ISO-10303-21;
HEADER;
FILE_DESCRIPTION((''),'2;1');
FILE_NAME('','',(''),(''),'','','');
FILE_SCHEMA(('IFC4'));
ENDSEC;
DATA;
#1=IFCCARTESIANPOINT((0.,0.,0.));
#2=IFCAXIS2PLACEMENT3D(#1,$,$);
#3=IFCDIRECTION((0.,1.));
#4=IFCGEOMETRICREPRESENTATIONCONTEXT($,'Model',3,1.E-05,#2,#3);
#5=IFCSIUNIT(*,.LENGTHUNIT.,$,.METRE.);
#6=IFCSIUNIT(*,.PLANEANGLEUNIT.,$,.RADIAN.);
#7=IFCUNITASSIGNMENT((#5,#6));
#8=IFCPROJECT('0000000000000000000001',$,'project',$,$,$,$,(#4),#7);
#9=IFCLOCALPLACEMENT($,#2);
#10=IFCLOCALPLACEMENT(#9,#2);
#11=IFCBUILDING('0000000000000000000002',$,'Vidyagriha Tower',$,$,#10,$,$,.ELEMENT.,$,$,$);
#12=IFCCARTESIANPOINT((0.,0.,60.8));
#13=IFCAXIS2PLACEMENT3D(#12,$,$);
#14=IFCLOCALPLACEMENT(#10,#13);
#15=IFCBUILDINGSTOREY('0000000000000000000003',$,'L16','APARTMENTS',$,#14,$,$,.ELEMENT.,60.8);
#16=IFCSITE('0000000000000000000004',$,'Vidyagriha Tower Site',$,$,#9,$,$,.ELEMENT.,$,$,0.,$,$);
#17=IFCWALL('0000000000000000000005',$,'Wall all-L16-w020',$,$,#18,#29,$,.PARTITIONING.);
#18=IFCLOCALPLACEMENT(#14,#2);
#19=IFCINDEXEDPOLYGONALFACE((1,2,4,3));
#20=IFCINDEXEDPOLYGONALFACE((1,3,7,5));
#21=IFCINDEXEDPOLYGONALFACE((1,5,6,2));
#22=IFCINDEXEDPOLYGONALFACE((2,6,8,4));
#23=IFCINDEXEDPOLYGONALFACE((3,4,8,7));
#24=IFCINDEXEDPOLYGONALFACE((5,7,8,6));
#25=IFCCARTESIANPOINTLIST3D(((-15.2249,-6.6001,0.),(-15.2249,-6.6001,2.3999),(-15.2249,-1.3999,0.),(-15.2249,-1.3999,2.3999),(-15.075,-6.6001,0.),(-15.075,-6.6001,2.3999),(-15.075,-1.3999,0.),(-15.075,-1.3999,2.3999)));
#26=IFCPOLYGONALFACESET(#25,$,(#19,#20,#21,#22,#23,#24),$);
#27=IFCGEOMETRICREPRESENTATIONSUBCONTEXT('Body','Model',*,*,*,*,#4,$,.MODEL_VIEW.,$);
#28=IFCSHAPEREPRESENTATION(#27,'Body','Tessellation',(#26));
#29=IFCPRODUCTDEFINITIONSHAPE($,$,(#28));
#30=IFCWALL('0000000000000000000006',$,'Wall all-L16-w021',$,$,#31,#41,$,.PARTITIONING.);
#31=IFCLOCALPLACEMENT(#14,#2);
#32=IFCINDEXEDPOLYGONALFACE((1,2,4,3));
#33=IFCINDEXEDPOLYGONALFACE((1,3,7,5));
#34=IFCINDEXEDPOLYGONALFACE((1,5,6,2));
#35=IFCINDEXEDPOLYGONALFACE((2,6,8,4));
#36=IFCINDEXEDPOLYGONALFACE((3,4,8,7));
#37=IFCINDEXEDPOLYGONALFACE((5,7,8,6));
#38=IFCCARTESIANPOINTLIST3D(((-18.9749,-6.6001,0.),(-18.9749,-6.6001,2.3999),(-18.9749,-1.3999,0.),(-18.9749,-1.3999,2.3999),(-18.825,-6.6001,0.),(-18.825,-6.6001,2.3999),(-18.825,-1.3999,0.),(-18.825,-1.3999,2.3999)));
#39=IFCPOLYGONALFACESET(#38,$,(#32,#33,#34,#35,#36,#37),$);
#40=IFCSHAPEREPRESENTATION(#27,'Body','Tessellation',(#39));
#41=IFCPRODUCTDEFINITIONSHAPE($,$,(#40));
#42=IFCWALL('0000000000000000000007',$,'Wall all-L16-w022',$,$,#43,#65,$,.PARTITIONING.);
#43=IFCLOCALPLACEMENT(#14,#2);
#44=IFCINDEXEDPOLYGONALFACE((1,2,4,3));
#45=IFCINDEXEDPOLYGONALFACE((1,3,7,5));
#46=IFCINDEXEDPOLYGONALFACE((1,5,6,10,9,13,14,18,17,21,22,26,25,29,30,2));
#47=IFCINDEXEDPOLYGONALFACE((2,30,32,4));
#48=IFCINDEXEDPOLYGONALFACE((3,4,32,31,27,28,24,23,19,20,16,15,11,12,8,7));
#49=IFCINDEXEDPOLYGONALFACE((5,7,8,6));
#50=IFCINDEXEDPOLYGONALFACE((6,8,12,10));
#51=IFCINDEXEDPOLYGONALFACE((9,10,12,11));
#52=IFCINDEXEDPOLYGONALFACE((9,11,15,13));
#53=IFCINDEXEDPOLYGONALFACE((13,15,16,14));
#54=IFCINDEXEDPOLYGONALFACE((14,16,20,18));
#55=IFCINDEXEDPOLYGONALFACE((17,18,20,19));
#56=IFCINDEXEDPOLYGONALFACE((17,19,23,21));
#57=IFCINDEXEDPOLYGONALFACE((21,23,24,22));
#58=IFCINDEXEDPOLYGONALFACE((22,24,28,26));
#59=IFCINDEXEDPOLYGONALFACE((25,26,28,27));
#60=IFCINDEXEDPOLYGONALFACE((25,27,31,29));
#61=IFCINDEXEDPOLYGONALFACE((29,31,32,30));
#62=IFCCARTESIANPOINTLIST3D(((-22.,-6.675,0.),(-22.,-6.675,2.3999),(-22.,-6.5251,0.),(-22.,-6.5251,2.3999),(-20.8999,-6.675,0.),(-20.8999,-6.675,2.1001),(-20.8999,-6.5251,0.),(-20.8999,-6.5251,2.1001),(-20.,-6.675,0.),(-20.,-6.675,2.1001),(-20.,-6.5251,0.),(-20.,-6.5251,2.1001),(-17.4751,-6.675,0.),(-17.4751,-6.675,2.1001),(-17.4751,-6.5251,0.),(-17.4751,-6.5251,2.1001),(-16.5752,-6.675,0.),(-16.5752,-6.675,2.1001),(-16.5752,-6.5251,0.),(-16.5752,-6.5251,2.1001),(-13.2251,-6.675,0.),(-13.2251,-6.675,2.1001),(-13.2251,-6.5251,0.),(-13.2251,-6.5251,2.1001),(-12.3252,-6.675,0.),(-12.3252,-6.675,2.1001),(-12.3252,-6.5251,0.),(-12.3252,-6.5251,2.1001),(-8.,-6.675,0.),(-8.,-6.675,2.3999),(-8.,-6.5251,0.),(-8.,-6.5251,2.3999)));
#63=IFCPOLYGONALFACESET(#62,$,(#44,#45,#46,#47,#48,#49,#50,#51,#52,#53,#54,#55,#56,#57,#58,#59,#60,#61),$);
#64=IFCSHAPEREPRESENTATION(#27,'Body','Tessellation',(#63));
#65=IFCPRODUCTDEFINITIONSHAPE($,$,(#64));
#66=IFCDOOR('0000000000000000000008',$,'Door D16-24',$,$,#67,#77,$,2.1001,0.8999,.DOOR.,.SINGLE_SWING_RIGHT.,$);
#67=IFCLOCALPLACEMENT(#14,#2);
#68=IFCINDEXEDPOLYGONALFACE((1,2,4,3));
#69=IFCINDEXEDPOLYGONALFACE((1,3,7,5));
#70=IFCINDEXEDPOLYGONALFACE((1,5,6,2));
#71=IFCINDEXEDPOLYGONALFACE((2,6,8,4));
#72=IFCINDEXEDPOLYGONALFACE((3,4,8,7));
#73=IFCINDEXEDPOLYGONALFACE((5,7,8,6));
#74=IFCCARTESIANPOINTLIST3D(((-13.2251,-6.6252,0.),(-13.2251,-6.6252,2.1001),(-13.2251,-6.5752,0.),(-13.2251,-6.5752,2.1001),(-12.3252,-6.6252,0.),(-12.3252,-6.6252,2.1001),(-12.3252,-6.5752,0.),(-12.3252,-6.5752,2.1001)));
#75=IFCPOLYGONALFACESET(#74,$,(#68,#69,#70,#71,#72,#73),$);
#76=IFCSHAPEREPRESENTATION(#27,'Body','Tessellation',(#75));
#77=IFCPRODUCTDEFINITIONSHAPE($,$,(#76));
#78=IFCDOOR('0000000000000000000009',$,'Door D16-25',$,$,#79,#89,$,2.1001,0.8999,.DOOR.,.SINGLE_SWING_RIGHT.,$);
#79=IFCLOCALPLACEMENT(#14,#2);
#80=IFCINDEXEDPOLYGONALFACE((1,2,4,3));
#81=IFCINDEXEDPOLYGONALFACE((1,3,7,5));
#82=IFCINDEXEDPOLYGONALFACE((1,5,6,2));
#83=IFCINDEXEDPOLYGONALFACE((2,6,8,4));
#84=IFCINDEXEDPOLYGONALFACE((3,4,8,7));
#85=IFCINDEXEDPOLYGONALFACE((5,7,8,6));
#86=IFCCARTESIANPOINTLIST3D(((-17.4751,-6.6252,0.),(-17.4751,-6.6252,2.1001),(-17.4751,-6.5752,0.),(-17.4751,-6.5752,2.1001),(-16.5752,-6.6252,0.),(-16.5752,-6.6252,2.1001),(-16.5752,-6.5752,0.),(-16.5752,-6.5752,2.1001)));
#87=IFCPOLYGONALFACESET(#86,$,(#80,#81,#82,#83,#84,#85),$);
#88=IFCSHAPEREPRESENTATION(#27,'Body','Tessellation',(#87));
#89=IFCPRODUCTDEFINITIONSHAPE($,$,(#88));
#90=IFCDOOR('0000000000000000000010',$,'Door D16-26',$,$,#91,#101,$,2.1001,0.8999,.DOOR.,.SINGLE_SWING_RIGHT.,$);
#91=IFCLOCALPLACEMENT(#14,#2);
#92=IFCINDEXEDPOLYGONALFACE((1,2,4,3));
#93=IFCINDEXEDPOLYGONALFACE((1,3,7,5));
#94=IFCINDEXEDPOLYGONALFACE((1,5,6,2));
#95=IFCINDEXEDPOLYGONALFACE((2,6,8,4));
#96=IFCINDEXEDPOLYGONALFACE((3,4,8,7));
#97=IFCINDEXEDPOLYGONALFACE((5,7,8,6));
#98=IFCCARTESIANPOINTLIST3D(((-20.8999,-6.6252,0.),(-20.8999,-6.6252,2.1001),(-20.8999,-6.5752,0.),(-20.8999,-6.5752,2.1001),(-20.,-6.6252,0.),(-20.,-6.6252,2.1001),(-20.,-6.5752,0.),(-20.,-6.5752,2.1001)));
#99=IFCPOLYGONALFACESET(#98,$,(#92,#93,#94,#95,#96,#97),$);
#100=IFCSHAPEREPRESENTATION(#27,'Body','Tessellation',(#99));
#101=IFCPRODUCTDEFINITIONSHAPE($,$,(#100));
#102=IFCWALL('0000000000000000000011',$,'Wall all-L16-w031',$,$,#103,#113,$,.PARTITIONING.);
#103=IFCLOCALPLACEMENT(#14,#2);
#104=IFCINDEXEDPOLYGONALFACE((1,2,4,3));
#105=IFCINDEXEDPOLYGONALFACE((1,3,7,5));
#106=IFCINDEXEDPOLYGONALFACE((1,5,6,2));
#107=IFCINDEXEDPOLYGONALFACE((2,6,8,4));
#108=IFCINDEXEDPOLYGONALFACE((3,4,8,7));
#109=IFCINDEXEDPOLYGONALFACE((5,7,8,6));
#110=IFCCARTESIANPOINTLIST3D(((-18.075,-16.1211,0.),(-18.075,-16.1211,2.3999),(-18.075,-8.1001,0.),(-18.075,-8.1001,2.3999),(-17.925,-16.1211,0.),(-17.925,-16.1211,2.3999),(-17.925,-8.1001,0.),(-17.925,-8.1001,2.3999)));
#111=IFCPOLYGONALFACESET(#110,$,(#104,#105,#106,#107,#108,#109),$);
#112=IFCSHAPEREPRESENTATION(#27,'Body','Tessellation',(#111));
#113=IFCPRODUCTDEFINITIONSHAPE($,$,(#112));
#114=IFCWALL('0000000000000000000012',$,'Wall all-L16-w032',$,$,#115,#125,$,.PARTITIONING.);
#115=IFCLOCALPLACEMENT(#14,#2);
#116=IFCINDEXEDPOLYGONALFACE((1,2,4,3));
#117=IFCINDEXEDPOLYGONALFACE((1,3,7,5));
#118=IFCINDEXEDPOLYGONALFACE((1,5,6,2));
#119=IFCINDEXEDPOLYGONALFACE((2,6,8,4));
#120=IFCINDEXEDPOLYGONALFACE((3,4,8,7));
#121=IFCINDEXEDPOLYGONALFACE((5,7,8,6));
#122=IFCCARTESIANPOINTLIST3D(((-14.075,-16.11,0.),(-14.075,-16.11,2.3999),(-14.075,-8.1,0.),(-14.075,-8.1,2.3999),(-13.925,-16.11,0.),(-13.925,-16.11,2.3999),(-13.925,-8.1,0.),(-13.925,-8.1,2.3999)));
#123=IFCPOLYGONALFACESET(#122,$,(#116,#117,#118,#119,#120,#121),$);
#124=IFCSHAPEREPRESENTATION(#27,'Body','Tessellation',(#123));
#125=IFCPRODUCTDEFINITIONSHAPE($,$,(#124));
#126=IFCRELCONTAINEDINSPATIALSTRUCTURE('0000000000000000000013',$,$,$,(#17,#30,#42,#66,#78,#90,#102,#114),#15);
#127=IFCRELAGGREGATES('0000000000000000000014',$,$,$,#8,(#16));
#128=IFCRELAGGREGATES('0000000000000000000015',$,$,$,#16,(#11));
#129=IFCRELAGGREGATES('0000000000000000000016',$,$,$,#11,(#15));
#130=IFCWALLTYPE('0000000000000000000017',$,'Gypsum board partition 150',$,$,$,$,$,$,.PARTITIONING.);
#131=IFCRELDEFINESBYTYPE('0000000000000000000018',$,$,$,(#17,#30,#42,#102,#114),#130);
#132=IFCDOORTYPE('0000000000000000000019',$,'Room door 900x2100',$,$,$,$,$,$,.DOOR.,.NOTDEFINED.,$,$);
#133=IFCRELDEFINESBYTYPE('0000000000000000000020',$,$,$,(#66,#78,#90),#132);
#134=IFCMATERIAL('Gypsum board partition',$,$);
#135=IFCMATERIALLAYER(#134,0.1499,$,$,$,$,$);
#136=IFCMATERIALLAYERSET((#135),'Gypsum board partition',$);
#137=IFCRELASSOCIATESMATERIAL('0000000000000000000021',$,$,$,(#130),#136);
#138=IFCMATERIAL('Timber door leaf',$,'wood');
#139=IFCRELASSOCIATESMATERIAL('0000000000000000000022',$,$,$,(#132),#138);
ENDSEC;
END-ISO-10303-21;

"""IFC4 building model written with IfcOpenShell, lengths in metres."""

from ifc_helpers import new_model, si_unit, direction, frame, frame_2d, origin, place, context, subcontext, project, spatial, rectangle, extrude, material, layer, layer_set, type_object, element, fill, save


model = new_model("IFC4")

# Units and contexts
model_context = context("Model", 3, precision=1e-05, world=origin(), true_north=direction((0.0, 1.0)))
body_context = subcontext(model_context, "Body", "Model", "MODEL_VIEW")
ifc_project = project(units=[si_unit("LENGTHUNIT", "METRE"), si_unit("PLANEANGLEUNIT", "RADIAN")], contexts=[model_context])

# Site, building, storey
site_placement = place(None, origin())
site = spatial("IfcSite", under=ifc_project, at=site_placement, Name="Vidyagriha Tower Site", CompositionType="ELEMENT", RefElevation=0.0)
building_placement = place(site_placement, origin())
building = spatial("IfcBuilding", under=site, at=building_placement, Name="Vidyagriha Tower", CompositionType="ELEMENT")
storey_placement = place(building_placement, frame((0.0, 0.0, 60.8)))
storey = spatial("IfcBuildingStorey", under=building, at=storey_placement, Name="L16", Description="APARTMENTS", CompositionType="ELEMENT", Elevation=60.8)

# Shared definitions
ifc_material_1 = material(Name="Gypsum board partition")
ifc_layer_1 = layer(ifc_material_1, 0.1499)
ifc_layer_set_1 = layer_set([ifc_layer_1], Name="Gypsum board partition")
wall_type_1 = type_object("IfcWallType", Name="Gypsum board partition 150", PredefinedType="PARTITIONING", material=ifc_layer_set_1)

# Shared definitions
ifc_material_2 = material(Name="Timber door leaf", Category="wood")
door_type_1 = type_object("IfcDoorType", Name="Room door 900x2100", OperationType="NOTDEFINED", PredefinedType="DOOR", material=ifc_material_2)

# Walls
for number, where, z_axis, x_axis, name in (
    (1, (-15.1499, -6.6001, 0.0), (0.0, 0.0, 1.0), (0.0, 1.0, 0.0), "Wall all-L16-w020"),
    (2, (-18.8999, -6.6001, 0.0), (0.0, 0.0, 1.0), (0.0, 1.0, 0.0), "Wall all-L16-w021"),
):
    element("IfcWall", number, at=place(storey_placement, frame(where, z_axis=z_axis, x_axis=x_axis)), inside=storey, type_object=wall_type_1, Name=name, PredefinedType="PARTITIONING", context=body_context, shape_type="SweptSolid", body=[
        extrude(rectangle(XDim=5.2002, YDim=0.1499, at=frame_2d((2.6001, 0.0))), origin(), (0.0, 0.0, 1.0), 2.3999),
    ])

# Wall, openings, doors
wall_1_placement = place(storey_placement, frame((-22.0, -6.6001, 0.0)))
wall_1 = element("IfcWall", 3, at=wall_1_placement, inside=storey, type_object=wall_type_1, Name="Wall all-L16-w022", PredefinedType="PARTITIONING", context=body_context, shape_type="SweptSolid", body=[
    extrude(rectangle(XDim=14.0, YDim=0.1499, at=frame_2d((7.0, 0.0))), origin(), (0.0, 0.0, 1.0), 2.3999),
])
opening_1_placement = place(wall_1_placement, frame((8.7749, 0.0, 0.0)))
opening_1 = element("IfcOpeningElement", 4, at=opening_1_placement, cuts=wall_1, PredefinedType="OPENING", context=body_context, shape_type="SweptSolid", body=[
    extrude(rectangle(XDim=0.8999, YDim=2.1001, at=frame_2d((0.45, 1.05))), frame((0.0, 0.085, 0.0), z_axis=(0.0, -1.0, 0.0), x_axis=(1.0, 0.0, 0.0)), (0.0, 0.0, 1.0), 0.1699),
])
opening_2_placement = place(wall_1_placement, frame((4.5249, 0.0, 0.0)))
opening_2 = element("IfcOpeningElement", 5, at=opening_2_placement, cuts=wall_1, PredefinedType="OPENING", context=body_context, shape_type="SweptSolid", body=[
    extrude(rectangle(XDim=0.8999, YDim=2.1001, at=frame_2d((0.45, 1.05))), frame((0.0, 0.085, 0.0), z_axis=(0.0, -1.0, 0.0), x_axis=(1.0, 0.0, 0.0)), (0.0, 0.0, 1.0), 0.1699),
])
opening_3_placement = place(wall_1_placement, frame((1.1001, 0.0, 0.0)))
opening_3 = element("IfcOpeningElement", 6, at=opening_3_placement, cuts=wall_1, PredefinedType="OPENING", context=body_context, shape_type="SweptSolid", body=[
    extrude(rectangle(XDim=0.8999, YDim=2.1001, at=frame_2d((0.45, 1.05))), frame((0.0, 0.085, 0.0), z_axis=(0.0, -1.0, 0.0), x_axis=(1.0, 0.0, 0.0)), (0.0, 0.0, 1.0), 0.1699),
])
door_1_placement = place(opening_1_placement, origin())
door_1 = element("IfcDoor", 7, at=door_1_placement, inside=storey, type_object=door_type_1, Name="Door D16-24", OperationType="SINGLE_SWING_RIGHT", OverallHeight=2.1001, OverallWidth=0.8999, PredefinedType="DOOR", context=body_context, shape_type="SweptSolid", body=[
    extrude(rectangle(XDim=0.8999, YDim=2.1001, at=frame_2d((0.45, 1.05))), frame((0.0, 0.0249, 0.0), z_axis=(0.0, -1.0, 0.0), x_axis=(1.0, 0.0, 0.0)), (0.0, 0.0, 1.0), 0.05),
])
fill(opening_1, door_1)
door_2_placement = place(opening_2_placement, origin())
door_2 = element("IfcDoor", 8, at=door_2_placement, inside=storey, type_object=door_type_1, Name="Door D16-25", OperationType="SINGLE_SWING_RIGHT", OverallHeight=2.1001, OverallWidth=0.8999, PredefinedType="DOOR", context=body_context, shape_type="SweptSolid", body=[
    extrude(rectangle(XDim=0.8999, YDim=2.1001, at=frame_2d((0.45, 1.05))), frame((0.0, 0.0249, 0.0), z_axis=(0.0, -1.0, 0.0), x_axis=(1.0, 0.0, 0.0)), (0.0, 0.0, 1.0), 0.05),
])
fill(opening_2, door_2)
door_3_placement = place(opening_3_placement, origin())
door_3 = element("IfcDoor", 9, at=door_3_placement, inside=storey, type_object=door_type_1, Name="Door D16-26", OperationType="SINGLE_SWING_RIGHT", OverallHeight=2.1001, OverallWidth=0.8999, PredefinedType="DOOR", context=body_context, shape_type="SweptSolid", body=[
    extrude(rectangle(XDim=0.8999, YDim=2.1001, at=frame_2d((0.45, 1.05))), frame((0.0, 0.0249, 0.0), z_axis=(0.0, -1.0, 0.0), x_axis=(1.0, 0.0, 0.0)), (0.0, 0.0, 1.0), 0.05),
])
fill(opening_3, door_3)

# Walls
wall_2_placement = place(storey_placement, frame((-18.0, -8.1001, 0.0), z_axis=(0.0, 0.0, 1.0), x_axis=(0.0, -1.0, 0.0)))
element("IfcWall", 10, at=wall_2_placement, inside=storey, type_object=wall_type_1, Name="Wall all-L16-w031", PredefinedType="PARTITIONING", context=body_context, shape_type="SweptSolid", body=[
    extrude(rectangle(XDim=8.021, YDim=0.1499, at=frame_2d((4.0105, 0.0))), origin(), (0.0, 0.0, 1.0), 2.3999),
])
wall_3_placement = place(storey_placement, frame((-14.0, -8.1001, 0.0), z_axis=(0.0, 0.0, 1.0), x_axis=(0.0, -1.0, 0.0)))
element("IfcWall", 11, at=wall_3_placement, inside=storey, type_object=wall_type_1, Name="Wall all-L16-w032", PredefinedType="PARTITIONING", context=body_context, shape_type="SweptSolid", body=[
    extrude(rectangle(XDim=8.01, YDim=0.1499, at=frame_2d((4.0049, 0.0))), origin(), (0.0, 0.0, 1.0), 2.3999),
])

save(model, "model.ifc")
